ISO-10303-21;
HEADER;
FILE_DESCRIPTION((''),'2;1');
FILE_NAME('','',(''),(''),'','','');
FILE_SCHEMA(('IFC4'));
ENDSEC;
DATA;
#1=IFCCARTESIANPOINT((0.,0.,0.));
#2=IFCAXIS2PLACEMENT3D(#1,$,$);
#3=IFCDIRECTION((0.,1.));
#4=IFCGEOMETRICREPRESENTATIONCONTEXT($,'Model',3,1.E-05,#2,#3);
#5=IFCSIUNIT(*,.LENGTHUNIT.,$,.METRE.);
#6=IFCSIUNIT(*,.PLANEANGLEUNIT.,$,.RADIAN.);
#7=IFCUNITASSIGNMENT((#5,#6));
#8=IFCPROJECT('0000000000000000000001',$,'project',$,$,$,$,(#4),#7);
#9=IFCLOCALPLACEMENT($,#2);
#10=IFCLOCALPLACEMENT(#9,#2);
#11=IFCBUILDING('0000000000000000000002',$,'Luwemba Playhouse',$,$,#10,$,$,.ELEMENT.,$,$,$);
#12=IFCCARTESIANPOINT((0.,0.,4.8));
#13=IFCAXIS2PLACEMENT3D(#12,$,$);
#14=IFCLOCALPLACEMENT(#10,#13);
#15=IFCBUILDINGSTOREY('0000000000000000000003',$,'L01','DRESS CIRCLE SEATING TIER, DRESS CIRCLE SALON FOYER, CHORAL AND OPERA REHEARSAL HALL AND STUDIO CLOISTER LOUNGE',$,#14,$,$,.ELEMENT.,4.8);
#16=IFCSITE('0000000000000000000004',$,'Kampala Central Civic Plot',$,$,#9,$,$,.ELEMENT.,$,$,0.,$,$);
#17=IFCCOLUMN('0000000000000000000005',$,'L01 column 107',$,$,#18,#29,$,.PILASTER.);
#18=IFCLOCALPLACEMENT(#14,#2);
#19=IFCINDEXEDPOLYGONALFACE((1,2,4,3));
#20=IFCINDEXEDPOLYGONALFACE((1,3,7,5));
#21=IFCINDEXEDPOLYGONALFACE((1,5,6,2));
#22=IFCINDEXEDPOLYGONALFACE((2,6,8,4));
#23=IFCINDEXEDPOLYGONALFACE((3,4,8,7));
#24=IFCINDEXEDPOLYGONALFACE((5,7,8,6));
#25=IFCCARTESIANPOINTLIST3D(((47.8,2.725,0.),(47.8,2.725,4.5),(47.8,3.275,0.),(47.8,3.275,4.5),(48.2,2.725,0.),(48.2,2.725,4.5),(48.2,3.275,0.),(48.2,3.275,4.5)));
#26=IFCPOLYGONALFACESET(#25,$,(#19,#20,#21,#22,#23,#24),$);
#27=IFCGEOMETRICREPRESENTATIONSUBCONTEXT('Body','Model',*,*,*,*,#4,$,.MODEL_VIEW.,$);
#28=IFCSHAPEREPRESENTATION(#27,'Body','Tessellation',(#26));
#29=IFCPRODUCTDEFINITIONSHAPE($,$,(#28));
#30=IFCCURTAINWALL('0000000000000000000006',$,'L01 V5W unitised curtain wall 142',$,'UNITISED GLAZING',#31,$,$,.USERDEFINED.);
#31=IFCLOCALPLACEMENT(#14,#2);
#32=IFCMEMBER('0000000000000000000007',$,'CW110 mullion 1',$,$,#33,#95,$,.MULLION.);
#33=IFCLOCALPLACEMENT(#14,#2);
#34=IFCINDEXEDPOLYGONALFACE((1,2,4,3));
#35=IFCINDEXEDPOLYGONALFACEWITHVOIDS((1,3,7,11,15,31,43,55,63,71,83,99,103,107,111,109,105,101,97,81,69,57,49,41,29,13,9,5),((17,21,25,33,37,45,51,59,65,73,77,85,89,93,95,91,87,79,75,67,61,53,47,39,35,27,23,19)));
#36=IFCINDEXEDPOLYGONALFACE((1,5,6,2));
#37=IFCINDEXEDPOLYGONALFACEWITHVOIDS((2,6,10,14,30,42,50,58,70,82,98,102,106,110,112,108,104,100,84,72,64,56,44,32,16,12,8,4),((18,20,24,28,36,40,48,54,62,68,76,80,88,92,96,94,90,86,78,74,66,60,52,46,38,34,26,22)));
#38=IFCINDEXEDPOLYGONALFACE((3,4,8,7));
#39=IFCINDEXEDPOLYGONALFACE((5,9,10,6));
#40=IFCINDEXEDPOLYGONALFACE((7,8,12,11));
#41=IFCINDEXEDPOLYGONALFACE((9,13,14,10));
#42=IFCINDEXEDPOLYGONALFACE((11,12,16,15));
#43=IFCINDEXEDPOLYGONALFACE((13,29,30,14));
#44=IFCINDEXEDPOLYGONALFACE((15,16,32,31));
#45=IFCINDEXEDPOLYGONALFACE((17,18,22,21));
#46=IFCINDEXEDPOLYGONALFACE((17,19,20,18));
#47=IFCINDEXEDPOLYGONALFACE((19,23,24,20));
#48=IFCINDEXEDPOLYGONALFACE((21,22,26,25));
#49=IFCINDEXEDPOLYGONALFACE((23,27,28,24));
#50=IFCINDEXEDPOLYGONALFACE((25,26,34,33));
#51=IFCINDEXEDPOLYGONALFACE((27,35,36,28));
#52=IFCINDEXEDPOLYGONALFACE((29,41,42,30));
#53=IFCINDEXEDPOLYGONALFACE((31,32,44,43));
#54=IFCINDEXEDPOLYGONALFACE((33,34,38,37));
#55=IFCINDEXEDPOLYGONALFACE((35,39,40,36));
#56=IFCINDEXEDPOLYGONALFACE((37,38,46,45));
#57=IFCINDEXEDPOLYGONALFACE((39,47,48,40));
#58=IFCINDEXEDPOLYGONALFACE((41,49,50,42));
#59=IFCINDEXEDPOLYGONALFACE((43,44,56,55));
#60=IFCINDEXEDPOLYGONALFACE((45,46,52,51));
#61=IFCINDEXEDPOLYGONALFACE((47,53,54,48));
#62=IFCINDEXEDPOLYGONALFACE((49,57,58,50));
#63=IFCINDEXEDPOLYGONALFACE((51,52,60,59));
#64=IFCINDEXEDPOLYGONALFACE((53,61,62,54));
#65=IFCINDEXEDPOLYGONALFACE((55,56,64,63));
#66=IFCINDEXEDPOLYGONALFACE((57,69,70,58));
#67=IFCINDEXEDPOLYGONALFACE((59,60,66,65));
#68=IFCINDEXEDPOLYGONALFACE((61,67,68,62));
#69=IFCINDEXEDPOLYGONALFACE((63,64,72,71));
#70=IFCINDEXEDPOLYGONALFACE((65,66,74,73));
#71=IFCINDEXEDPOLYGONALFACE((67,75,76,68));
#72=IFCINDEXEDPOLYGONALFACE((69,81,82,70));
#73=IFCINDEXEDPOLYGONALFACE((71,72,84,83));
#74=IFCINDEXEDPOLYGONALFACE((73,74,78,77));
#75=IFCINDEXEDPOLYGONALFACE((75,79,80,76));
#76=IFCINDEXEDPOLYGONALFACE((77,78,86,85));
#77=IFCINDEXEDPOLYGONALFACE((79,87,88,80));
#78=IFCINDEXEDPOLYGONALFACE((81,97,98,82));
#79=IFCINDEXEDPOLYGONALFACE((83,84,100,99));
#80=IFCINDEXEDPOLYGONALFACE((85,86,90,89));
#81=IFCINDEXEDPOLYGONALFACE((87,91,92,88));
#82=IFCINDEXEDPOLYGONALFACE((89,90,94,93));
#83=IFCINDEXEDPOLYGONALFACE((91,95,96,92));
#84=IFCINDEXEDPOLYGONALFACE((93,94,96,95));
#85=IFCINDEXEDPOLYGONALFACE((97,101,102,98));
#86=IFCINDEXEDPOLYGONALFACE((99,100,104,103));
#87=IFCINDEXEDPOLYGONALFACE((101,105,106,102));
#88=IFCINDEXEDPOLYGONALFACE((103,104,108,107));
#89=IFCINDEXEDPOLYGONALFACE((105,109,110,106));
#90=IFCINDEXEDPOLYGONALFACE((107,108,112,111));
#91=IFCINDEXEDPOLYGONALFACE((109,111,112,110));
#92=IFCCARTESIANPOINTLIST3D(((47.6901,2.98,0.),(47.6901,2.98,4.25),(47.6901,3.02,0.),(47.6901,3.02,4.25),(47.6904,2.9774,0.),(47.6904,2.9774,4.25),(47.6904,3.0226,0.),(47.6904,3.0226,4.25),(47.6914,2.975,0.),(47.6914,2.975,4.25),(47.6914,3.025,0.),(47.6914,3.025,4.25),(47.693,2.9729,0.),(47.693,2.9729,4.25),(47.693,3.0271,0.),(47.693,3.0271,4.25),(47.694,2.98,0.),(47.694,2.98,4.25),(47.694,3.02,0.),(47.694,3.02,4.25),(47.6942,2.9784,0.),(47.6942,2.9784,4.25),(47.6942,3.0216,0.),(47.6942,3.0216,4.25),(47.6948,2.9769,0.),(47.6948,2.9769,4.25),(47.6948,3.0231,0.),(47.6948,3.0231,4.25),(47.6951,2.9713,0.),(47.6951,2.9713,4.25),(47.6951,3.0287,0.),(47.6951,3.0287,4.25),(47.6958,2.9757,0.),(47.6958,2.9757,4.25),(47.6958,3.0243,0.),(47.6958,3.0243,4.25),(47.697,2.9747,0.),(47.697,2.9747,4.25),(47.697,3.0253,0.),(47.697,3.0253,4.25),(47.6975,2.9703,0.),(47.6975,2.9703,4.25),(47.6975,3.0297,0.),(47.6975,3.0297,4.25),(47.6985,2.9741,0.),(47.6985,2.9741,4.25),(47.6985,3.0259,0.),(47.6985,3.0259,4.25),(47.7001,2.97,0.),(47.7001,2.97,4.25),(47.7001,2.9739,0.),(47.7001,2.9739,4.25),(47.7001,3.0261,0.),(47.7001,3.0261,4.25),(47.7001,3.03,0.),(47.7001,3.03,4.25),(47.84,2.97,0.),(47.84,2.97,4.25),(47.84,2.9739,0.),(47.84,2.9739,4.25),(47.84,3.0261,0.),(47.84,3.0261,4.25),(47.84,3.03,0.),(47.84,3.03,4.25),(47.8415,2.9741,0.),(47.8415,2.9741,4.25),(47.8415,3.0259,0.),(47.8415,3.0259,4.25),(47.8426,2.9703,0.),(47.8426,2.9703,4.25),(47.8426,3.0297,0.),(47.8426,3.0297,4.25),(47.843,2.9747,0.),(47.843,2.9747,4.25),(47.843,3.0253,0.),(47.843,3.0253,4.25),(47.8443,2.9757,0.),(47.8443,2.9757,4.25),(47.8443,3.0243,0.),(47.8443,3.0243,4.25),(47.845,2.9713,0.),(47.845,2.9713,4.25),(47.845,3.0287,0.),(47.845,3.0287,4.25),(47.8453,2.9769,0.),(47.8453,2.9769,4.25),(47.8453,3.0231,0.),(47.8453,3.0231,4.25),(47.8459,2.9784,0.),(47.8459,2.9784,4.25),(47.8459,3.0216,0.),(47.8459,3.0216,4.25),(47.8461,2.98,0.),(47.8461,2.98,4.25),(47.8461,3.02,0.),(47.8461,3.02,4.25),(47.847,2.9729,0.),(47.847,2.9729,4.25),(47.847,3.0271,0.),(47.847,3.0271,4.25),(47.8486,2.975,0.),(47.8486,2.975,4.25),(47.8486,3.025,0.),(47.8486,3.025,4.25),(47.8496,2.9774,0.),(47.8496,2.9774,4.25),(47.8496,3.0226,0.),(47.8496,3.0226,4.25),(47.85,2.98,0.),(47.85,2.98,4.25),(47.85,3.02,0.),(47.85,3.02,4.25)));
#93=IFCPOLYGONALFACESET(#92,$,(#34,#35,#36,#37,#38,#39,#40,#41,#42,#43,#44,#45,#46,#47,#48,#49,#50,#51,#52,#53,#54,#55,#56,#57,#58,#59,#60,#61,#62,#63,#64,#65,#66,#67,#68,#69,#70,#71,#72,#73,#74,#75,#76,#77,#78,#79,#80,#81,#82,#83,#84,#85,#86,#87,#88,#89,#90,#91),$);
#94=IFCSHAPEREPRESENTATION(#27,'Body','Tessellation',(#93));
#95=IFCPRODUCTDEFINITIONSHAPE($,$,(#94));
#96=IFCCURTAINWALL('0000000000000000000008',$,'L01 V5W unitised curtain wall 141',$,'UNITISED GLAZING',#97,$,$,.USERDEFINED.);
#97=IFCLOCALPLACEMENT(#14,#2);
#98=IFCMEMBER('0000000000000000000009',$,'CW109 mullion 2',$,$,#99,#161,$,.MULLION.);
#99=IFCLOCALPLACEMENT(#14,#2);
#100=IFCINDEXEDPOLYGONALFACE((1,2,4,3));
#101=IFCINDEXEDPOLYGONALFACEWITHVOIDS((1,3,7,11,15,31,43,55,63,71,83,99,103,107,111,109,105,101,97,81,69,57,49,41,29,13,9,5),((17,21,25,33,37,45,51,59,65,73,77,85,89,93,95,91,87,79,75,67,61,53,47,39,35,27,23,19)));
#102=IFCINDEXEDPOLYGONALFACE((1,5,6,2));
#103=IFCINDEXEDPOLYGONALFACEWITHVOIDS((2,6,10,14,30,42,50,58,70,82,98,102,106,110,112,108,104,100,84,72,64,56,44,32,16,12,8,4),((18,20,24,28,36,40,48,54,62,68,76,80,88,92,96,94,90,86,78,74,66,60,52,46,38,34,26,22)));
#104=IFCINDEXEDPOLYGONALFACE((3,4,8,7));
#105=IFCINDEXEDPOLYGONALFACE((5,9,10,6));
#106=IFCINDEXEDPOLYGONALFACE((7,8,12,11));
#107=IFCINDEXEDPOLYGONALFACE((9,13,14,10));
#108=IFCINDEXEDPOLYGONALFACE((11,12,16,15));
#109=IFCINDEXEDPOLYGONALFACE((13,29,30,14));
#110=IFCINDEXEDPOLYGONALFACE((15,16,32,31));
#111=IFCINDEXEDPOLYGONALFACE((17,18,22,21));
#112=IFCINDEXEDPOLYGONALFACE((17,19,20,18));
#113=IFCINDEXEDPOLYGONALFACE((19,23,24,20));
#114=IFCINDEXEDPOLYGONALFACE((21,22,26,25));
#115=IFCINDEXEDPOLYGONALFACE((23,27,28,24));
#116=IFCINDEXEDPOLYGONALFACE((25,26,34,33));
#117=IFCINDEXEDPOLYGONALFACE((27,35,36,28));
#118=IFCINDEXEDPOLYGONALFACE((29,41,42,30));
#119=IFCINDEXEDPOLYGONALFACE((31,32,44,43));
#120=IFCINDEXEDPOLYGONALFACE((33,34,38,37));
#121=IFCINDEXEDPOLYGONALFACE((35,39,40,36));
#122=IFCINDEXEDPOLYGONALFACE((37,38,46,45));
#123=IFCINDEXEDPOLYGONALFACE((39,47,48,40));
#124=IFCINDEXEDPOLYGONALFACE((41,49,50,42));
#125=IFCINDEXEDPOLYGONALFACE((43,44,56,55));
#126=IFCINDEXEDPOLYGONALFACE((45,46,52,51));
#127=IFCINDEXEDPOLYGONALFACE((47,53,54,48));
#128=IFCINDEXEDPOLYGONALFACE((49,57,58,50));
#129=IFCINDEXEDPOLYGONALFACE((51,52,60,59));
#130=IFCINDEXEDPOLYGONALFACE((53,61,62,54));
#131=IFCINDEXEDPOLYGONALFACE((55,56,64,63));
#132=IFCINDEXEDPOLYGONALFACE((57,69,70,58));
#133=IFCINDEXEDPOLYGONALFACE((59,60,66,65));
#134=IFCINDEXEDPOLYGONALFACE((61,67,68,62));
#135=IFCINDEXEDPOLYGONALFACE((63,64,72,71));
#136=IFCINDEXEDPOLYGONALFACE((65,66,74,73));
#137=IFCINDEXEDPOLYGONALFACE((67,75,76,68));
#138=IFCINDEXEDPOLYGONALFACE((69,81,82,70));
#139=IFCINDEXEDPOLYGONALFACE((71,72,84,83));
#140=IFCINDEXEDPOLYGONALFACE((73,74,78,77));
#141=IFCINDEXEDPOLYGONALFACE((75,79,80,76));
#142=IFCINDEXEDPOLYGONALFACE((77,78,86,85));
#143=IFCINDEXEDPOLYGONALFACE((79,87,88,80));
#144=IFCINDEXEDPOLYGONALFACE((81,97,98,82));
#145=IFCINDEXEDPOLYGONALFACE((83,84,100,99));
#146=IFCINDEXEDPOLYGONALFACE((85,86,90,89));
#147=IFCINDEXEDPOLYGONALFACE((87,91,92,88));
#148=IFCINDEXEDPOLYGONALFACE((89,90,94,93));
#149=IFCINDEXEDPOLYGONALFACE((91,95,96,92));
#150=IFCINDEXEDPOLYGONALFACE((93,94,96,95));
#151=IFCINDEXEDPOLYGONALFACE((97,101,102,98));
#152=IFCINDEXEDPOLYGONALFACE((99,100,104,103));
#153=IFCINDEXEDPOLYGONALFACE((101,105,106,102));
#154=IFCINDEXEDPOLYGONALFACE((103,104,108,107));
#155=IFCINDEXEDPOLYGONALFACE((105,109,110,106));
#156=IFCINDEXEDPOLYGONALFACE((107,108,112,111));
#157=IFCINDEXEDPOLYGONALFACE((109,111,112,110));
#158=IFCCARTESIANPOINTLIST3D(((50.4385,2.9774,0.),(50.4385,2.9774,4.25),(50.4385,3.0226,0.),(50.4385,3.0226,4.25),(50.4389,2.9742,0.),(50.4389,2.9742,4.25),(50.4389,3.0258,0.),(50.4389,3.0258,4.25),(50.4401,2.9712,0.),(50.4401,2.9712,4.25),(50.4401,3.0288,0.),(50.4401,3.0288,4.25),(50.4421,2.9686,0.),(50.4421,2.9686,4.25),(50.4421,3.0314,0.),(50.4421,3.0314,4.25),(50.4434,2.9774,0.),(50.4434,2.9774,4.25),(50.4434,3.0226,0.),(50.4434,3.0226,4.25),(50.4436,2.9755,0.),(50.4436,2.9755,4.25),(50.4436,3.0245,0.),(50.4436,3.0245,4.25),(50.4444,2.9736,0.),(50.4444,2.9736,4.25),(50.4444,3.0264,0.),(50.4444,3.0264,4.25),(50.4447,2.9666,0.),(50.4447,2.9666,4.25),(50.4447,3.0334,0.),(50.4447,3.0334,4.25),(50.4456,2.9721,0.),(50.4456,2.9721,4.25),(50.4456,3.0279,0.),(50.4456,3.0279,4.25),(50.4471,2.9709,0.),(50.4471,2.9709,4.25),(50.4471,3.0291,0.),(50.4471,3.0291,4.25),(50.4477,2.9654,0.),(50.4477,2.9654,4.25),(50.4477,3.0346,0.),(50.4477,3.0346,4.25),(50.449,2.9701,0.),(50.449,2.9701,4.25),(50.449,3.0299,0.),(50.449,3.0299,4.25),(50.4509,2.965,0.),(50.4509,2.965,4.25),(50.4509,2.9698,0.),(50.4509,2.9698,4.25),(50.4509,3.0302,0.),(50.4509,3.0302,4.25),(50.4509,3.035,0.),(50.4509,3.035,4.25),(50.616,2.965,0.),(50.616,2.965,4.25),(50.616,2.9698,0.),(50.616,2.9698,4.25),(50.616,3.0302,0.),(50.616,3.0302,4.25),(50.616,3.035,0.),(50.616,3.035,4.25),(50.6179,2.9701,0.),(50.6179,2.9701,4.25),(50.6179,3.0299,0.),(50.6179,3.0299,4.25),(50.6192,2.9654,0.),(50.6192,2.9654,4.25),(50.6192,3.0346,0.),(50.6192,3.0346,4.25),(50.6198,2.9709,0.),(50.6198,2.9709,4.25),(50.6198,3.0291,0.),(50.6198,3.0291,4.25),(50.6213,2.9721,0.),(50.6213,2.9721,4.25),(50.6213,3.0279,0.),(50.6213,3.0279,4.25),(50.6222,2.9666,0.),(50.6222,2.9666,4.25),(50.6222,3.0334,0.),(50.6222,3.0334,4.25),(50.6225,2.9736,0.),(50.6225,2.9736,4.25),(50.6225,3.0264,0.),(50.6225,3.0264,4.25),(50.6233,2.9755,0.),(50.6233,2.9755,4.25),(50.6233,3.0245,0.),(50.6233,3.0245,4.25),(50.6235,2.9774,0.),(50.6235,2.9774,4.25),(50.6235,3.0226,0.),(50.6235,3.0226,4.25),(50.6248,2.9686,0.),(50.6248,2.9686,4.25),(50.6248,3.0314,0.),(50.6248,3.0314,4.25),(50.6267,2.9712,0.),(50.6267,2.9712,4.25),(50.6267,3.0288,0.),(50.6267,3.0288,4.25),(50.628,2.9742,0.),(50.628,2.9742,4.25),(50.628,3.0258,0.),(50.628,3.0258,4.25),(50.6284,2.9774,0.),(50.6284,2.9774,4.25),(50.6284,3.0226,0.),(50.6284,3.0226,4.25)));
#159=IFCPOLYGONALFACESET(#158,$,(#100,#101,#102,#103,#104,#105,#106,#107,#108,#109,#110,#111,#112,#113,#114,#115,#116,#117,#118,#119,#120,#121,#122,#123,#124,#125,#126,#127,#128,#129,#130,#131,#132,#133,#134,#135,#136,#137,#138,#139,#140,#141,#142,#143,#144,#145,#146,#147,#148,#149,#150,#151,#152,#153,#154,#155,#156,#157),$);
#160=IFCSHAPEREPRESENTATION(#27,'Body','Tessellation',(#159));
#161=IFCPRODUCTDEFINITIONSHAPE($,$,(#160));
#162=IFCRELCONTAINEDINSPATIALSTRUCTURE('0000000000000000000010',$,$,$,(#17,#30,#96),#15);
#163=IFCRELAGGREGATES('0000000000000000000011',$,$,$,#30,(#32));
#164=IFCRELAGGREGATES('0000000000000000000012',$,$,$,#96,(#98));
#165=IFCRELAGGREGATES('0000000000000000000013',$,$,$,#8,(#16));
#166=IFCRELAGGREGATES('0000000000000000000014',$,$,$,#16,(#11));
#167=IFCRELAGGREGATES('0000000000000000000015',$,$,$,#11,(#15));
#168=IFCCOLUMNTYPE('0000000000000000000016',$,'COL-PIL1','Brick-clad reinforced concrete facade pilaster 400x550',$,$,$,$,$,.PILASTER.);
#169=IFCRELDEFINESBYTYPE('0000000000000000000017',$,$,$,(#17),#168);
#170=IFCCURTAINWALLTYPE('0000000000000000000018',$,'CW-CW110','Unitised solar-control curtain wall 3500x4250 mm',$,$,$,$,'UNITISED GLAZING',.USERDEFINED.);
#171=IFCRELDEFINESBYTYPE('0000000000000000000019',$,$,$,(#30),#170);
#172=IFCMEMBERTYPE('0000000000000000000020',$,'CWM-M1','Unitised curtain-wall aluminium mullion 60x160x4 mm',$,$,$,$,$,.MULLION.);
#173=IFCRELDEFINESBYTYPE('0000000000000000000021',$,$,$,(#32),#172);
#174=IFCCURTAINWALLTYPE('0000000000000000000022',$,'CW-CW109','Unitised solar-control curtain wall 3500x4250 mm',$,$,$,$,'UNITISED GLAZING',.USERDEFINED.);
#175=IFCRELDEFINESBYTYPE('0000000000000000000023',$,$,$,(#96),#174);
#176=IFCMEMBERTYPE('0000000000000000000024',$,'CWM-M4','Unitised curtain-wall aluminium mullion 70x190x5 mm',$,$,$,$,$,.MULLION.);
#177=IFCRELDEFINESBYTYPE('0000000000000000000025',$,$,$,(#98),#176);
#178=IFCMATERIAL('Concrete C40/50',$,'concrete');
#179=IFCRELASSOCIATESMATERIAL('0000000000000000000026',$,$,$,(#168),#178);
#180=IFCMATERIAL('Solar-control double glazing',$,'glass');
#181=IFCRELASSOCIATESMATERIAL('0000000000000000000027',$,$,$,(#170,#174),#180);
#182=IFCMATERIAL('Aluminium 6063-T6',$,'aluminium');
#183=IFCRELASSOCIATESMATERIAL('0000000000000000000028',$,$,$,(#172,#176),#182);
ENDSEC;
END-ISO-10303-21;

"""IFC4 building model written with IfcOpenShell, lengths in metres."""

from ifc_helpers import new_model, si_unit, direction, frame, origin, origin_2d, place, context, subcontext, project, spatial, rectangle, hollow_rectangle, extrude, material, material_profile, profile_set, type_object, element, aggregate, save


model = new_model("IFC4")

# Units and contexts
model_context = context("Model", 3, precision=1e-05, world=origin(), true_north=direction((0.0, 1.0)))
body_context = subcontext(model_context, "Body", "Model", "MODEL_VIEW")
ifc_project = project(units=[si_unit("LENGTHUNIT", "METRE"), si_unit("PLANEANGLEUNIT", "RADIAN")], contexts=[model_context])

# Site, building, storey
site_placement = place(None, origin())
site = spatial("IfcSite", under=ifc_project, at=site_placement, Name="Kampala Central Civic Plot", CompositionType="ELEMENT", RefElevation=0.0)
building_placement = place(site_placement, origin())
building = spatial("IfcBuilding", under=site, at=building_placement, Name="Luwemba Playhouse", CompositionType="ELEMENT")
storey_placement = place(building_placement, frame((0.0, 0.0, 4.8)))
storey = spatial("IfcBuildingStorey", under=building, at=storey_placement, Name="L01", Description="DRESS CIRCLE SEATING TIER, DRESS CIRCLE SALON FOYER, CHORAL AND OPERA REHEARSAL HALL AND STUDIO CLOISTER LOUNGE", CompositionType="ELEMENT", Elevation=4.8)

# Column
ifc_material_1 = material(Name="Concrete C40/50", Category="concrete")
ifc_material_profile_1 = material_profile(ifc_material_1, rectangle(XDim=0.3999, YDim=0.55, at=origin_2d()))
ifc_profile_set_1 = profile_set([ifc_material_profile_1], Name="Concrete C40/50")
column_type = type_object("IfcColumnType", Name="COL-PIL1", Description="Brick-clad reinforced concrete facade pilaster 400x550", PredefinedType="PILASTER", material=ifc_profile_set_1)
column_placement = place(storey_placement, frame((48.0, 3.0, 0.0), z_axis=(0.0, 0.0, 1.0), x_axis=(1.0, 0.0, 0.0)))
element("IfcColumn", 1, at=column_placement, inside=storey, type_object=column_type, Name="L01 column 107", PredefinedType="PILASTER", context=body_context, shape_type="SweptSolid", body=[
    extrude(rectangle(XDim=0.3999, YDim=0.55, at=origin_2d()), origin(), (0.0, 0.0, 1.0), 4.5),
])

# Curtain wall, member
ifc_material_2 = material(Name="Solar-control double glazing", Category="glass")
curtain_wall_type_1 = type_object("IfcCurtainWallType", Name="CW-CW110", Description="Unitised solar-control curtain wall 3500x4250 mm", ElementType="UNITISED GLAZING", PredefinedType="USERDEFINED", material=ifc_material_2)
curtain_wall_1_placement = place(storey_placement, origin())
curtain_wall_1 = element("IfcCurtainWall", 2, at=curtain_wall_1_placement, inside=storey, type_object=curtain_wall_type_1, Name="L01 V5W unitised curtain wall 142", ObjectType="UNITISED GLAZING", PredefinedType="USERDEFINED")
ifc_material_3 = material(Name="Aluminium 6063-T6", Category="aluminium")
ifc_material_profile_2 = material_profile(ifc_material_3, hollow_rectangle(XDim=0.0601, YDim=0.1599, WallThickness=0.0039, InnerFilletRadius=0.0061, OuterFilletRadius=0.01, at=origin_2d()))
ifc_profile_set_2 = profile_set([ifc_material_profile_2], Name="Aluminium 6063-T6")
member_type_1 = type_object("IfcMemberType", Name="CWM-M1", Description="Unitised curtain-wall aluminium mullion 60x160x4 mm", PredefinedType="MULLION", material=ifc_profile_set_2)
member_1_placement = place(storey_placement, frame((47.77, 3.0, 0.0), z_axis=(0.0, 0.0, 1.0), x_axis=(0.0, -1.0, 0.0)))
member_1 = element("IfcMember", 3, at=member_1_placement, type_object=member_type_1, Name="CW110 mullion 1", PredefinedType="MULLION", context=body_context, shape_type="SweptSolid", body=[
    extrude(hollow_rectangle(XDim=0.0601, YDim=0.1599, WallThickness=0.0039, InnerFilletRadius=0.0061, OuterFilletRadius=0.01, at=origin_2d()), origin(), (0.0, 0.0, 1.0), 4.25),
])

# Curtain wall, member
curtain_wall_type_2 = type_object("IfcCurtainWallType", Name="CW-CW109", Description="Unitised solar-control curtain wall 3500x4250 mm", ElementType="UNITISED GLAZING", PredefinedType="USERDEFINED", material=ifc_material_2)
curtain_wall_2_placement = place(storey_placement, origin())
curtain_wall_2 = element("IfcCurtainWall", 4, at=curtain_wall_2_placement, inside=storey, type_object=curtain_wall_type_2, Name="L01 V5W unitised curtain wall 141", ObjectType="UNITISED GLAZING", PredefinedType="USERDEFINED")
ifc_material_profile_3 = material_profile(ifc_material_3, hollow_rectangle(XDim=0.0701, YDim=0.1899, WallThickness=0.0049, InnerFilletRadius=0.0076, OuterFilletRadius=0.0125, at=origin_2d()))
ifc_profile_set_3 = profile_set([ifc_material_profile_3], Name="Aluminium 6063-T6")
member_type_2 = type_object("IfcMemberType", Name="CWM-M4", Description="Unitised curtain-wall aluminium mullion 70x190x5 mm", PredefinedType="MULLION", material=ifc_profile_set_3)
member_2_placement = place(storey_placement, frame((50.5334, 3.0, 0.0), z_axis=(0.0, 0.0, 1.0), x_axis=(0.0, -1.0, 0.0)))
member_2 = element("IfcMember", 5, at=member_2_placement, type_object=member_type_2, Name="CW109 mullion 2", PredefinedType="MULLION", context=body_context, shape_type="SweptSolid", body=[
    extrude(hollow_rectangle(XDim=0.0701, YDim=0.1899, WallThickness=0.0049, InnerFilletRadius=0.0076, OuterFilletRadius=0.0125, at=origin_2d()), origin(), (0.0, 0.0, 1.0), 4.25),
])

aggregate(curtain_wall_1, [member_1])
aggregate(curtain_wall_2, [member_2])

save(model, "model.ifc")
